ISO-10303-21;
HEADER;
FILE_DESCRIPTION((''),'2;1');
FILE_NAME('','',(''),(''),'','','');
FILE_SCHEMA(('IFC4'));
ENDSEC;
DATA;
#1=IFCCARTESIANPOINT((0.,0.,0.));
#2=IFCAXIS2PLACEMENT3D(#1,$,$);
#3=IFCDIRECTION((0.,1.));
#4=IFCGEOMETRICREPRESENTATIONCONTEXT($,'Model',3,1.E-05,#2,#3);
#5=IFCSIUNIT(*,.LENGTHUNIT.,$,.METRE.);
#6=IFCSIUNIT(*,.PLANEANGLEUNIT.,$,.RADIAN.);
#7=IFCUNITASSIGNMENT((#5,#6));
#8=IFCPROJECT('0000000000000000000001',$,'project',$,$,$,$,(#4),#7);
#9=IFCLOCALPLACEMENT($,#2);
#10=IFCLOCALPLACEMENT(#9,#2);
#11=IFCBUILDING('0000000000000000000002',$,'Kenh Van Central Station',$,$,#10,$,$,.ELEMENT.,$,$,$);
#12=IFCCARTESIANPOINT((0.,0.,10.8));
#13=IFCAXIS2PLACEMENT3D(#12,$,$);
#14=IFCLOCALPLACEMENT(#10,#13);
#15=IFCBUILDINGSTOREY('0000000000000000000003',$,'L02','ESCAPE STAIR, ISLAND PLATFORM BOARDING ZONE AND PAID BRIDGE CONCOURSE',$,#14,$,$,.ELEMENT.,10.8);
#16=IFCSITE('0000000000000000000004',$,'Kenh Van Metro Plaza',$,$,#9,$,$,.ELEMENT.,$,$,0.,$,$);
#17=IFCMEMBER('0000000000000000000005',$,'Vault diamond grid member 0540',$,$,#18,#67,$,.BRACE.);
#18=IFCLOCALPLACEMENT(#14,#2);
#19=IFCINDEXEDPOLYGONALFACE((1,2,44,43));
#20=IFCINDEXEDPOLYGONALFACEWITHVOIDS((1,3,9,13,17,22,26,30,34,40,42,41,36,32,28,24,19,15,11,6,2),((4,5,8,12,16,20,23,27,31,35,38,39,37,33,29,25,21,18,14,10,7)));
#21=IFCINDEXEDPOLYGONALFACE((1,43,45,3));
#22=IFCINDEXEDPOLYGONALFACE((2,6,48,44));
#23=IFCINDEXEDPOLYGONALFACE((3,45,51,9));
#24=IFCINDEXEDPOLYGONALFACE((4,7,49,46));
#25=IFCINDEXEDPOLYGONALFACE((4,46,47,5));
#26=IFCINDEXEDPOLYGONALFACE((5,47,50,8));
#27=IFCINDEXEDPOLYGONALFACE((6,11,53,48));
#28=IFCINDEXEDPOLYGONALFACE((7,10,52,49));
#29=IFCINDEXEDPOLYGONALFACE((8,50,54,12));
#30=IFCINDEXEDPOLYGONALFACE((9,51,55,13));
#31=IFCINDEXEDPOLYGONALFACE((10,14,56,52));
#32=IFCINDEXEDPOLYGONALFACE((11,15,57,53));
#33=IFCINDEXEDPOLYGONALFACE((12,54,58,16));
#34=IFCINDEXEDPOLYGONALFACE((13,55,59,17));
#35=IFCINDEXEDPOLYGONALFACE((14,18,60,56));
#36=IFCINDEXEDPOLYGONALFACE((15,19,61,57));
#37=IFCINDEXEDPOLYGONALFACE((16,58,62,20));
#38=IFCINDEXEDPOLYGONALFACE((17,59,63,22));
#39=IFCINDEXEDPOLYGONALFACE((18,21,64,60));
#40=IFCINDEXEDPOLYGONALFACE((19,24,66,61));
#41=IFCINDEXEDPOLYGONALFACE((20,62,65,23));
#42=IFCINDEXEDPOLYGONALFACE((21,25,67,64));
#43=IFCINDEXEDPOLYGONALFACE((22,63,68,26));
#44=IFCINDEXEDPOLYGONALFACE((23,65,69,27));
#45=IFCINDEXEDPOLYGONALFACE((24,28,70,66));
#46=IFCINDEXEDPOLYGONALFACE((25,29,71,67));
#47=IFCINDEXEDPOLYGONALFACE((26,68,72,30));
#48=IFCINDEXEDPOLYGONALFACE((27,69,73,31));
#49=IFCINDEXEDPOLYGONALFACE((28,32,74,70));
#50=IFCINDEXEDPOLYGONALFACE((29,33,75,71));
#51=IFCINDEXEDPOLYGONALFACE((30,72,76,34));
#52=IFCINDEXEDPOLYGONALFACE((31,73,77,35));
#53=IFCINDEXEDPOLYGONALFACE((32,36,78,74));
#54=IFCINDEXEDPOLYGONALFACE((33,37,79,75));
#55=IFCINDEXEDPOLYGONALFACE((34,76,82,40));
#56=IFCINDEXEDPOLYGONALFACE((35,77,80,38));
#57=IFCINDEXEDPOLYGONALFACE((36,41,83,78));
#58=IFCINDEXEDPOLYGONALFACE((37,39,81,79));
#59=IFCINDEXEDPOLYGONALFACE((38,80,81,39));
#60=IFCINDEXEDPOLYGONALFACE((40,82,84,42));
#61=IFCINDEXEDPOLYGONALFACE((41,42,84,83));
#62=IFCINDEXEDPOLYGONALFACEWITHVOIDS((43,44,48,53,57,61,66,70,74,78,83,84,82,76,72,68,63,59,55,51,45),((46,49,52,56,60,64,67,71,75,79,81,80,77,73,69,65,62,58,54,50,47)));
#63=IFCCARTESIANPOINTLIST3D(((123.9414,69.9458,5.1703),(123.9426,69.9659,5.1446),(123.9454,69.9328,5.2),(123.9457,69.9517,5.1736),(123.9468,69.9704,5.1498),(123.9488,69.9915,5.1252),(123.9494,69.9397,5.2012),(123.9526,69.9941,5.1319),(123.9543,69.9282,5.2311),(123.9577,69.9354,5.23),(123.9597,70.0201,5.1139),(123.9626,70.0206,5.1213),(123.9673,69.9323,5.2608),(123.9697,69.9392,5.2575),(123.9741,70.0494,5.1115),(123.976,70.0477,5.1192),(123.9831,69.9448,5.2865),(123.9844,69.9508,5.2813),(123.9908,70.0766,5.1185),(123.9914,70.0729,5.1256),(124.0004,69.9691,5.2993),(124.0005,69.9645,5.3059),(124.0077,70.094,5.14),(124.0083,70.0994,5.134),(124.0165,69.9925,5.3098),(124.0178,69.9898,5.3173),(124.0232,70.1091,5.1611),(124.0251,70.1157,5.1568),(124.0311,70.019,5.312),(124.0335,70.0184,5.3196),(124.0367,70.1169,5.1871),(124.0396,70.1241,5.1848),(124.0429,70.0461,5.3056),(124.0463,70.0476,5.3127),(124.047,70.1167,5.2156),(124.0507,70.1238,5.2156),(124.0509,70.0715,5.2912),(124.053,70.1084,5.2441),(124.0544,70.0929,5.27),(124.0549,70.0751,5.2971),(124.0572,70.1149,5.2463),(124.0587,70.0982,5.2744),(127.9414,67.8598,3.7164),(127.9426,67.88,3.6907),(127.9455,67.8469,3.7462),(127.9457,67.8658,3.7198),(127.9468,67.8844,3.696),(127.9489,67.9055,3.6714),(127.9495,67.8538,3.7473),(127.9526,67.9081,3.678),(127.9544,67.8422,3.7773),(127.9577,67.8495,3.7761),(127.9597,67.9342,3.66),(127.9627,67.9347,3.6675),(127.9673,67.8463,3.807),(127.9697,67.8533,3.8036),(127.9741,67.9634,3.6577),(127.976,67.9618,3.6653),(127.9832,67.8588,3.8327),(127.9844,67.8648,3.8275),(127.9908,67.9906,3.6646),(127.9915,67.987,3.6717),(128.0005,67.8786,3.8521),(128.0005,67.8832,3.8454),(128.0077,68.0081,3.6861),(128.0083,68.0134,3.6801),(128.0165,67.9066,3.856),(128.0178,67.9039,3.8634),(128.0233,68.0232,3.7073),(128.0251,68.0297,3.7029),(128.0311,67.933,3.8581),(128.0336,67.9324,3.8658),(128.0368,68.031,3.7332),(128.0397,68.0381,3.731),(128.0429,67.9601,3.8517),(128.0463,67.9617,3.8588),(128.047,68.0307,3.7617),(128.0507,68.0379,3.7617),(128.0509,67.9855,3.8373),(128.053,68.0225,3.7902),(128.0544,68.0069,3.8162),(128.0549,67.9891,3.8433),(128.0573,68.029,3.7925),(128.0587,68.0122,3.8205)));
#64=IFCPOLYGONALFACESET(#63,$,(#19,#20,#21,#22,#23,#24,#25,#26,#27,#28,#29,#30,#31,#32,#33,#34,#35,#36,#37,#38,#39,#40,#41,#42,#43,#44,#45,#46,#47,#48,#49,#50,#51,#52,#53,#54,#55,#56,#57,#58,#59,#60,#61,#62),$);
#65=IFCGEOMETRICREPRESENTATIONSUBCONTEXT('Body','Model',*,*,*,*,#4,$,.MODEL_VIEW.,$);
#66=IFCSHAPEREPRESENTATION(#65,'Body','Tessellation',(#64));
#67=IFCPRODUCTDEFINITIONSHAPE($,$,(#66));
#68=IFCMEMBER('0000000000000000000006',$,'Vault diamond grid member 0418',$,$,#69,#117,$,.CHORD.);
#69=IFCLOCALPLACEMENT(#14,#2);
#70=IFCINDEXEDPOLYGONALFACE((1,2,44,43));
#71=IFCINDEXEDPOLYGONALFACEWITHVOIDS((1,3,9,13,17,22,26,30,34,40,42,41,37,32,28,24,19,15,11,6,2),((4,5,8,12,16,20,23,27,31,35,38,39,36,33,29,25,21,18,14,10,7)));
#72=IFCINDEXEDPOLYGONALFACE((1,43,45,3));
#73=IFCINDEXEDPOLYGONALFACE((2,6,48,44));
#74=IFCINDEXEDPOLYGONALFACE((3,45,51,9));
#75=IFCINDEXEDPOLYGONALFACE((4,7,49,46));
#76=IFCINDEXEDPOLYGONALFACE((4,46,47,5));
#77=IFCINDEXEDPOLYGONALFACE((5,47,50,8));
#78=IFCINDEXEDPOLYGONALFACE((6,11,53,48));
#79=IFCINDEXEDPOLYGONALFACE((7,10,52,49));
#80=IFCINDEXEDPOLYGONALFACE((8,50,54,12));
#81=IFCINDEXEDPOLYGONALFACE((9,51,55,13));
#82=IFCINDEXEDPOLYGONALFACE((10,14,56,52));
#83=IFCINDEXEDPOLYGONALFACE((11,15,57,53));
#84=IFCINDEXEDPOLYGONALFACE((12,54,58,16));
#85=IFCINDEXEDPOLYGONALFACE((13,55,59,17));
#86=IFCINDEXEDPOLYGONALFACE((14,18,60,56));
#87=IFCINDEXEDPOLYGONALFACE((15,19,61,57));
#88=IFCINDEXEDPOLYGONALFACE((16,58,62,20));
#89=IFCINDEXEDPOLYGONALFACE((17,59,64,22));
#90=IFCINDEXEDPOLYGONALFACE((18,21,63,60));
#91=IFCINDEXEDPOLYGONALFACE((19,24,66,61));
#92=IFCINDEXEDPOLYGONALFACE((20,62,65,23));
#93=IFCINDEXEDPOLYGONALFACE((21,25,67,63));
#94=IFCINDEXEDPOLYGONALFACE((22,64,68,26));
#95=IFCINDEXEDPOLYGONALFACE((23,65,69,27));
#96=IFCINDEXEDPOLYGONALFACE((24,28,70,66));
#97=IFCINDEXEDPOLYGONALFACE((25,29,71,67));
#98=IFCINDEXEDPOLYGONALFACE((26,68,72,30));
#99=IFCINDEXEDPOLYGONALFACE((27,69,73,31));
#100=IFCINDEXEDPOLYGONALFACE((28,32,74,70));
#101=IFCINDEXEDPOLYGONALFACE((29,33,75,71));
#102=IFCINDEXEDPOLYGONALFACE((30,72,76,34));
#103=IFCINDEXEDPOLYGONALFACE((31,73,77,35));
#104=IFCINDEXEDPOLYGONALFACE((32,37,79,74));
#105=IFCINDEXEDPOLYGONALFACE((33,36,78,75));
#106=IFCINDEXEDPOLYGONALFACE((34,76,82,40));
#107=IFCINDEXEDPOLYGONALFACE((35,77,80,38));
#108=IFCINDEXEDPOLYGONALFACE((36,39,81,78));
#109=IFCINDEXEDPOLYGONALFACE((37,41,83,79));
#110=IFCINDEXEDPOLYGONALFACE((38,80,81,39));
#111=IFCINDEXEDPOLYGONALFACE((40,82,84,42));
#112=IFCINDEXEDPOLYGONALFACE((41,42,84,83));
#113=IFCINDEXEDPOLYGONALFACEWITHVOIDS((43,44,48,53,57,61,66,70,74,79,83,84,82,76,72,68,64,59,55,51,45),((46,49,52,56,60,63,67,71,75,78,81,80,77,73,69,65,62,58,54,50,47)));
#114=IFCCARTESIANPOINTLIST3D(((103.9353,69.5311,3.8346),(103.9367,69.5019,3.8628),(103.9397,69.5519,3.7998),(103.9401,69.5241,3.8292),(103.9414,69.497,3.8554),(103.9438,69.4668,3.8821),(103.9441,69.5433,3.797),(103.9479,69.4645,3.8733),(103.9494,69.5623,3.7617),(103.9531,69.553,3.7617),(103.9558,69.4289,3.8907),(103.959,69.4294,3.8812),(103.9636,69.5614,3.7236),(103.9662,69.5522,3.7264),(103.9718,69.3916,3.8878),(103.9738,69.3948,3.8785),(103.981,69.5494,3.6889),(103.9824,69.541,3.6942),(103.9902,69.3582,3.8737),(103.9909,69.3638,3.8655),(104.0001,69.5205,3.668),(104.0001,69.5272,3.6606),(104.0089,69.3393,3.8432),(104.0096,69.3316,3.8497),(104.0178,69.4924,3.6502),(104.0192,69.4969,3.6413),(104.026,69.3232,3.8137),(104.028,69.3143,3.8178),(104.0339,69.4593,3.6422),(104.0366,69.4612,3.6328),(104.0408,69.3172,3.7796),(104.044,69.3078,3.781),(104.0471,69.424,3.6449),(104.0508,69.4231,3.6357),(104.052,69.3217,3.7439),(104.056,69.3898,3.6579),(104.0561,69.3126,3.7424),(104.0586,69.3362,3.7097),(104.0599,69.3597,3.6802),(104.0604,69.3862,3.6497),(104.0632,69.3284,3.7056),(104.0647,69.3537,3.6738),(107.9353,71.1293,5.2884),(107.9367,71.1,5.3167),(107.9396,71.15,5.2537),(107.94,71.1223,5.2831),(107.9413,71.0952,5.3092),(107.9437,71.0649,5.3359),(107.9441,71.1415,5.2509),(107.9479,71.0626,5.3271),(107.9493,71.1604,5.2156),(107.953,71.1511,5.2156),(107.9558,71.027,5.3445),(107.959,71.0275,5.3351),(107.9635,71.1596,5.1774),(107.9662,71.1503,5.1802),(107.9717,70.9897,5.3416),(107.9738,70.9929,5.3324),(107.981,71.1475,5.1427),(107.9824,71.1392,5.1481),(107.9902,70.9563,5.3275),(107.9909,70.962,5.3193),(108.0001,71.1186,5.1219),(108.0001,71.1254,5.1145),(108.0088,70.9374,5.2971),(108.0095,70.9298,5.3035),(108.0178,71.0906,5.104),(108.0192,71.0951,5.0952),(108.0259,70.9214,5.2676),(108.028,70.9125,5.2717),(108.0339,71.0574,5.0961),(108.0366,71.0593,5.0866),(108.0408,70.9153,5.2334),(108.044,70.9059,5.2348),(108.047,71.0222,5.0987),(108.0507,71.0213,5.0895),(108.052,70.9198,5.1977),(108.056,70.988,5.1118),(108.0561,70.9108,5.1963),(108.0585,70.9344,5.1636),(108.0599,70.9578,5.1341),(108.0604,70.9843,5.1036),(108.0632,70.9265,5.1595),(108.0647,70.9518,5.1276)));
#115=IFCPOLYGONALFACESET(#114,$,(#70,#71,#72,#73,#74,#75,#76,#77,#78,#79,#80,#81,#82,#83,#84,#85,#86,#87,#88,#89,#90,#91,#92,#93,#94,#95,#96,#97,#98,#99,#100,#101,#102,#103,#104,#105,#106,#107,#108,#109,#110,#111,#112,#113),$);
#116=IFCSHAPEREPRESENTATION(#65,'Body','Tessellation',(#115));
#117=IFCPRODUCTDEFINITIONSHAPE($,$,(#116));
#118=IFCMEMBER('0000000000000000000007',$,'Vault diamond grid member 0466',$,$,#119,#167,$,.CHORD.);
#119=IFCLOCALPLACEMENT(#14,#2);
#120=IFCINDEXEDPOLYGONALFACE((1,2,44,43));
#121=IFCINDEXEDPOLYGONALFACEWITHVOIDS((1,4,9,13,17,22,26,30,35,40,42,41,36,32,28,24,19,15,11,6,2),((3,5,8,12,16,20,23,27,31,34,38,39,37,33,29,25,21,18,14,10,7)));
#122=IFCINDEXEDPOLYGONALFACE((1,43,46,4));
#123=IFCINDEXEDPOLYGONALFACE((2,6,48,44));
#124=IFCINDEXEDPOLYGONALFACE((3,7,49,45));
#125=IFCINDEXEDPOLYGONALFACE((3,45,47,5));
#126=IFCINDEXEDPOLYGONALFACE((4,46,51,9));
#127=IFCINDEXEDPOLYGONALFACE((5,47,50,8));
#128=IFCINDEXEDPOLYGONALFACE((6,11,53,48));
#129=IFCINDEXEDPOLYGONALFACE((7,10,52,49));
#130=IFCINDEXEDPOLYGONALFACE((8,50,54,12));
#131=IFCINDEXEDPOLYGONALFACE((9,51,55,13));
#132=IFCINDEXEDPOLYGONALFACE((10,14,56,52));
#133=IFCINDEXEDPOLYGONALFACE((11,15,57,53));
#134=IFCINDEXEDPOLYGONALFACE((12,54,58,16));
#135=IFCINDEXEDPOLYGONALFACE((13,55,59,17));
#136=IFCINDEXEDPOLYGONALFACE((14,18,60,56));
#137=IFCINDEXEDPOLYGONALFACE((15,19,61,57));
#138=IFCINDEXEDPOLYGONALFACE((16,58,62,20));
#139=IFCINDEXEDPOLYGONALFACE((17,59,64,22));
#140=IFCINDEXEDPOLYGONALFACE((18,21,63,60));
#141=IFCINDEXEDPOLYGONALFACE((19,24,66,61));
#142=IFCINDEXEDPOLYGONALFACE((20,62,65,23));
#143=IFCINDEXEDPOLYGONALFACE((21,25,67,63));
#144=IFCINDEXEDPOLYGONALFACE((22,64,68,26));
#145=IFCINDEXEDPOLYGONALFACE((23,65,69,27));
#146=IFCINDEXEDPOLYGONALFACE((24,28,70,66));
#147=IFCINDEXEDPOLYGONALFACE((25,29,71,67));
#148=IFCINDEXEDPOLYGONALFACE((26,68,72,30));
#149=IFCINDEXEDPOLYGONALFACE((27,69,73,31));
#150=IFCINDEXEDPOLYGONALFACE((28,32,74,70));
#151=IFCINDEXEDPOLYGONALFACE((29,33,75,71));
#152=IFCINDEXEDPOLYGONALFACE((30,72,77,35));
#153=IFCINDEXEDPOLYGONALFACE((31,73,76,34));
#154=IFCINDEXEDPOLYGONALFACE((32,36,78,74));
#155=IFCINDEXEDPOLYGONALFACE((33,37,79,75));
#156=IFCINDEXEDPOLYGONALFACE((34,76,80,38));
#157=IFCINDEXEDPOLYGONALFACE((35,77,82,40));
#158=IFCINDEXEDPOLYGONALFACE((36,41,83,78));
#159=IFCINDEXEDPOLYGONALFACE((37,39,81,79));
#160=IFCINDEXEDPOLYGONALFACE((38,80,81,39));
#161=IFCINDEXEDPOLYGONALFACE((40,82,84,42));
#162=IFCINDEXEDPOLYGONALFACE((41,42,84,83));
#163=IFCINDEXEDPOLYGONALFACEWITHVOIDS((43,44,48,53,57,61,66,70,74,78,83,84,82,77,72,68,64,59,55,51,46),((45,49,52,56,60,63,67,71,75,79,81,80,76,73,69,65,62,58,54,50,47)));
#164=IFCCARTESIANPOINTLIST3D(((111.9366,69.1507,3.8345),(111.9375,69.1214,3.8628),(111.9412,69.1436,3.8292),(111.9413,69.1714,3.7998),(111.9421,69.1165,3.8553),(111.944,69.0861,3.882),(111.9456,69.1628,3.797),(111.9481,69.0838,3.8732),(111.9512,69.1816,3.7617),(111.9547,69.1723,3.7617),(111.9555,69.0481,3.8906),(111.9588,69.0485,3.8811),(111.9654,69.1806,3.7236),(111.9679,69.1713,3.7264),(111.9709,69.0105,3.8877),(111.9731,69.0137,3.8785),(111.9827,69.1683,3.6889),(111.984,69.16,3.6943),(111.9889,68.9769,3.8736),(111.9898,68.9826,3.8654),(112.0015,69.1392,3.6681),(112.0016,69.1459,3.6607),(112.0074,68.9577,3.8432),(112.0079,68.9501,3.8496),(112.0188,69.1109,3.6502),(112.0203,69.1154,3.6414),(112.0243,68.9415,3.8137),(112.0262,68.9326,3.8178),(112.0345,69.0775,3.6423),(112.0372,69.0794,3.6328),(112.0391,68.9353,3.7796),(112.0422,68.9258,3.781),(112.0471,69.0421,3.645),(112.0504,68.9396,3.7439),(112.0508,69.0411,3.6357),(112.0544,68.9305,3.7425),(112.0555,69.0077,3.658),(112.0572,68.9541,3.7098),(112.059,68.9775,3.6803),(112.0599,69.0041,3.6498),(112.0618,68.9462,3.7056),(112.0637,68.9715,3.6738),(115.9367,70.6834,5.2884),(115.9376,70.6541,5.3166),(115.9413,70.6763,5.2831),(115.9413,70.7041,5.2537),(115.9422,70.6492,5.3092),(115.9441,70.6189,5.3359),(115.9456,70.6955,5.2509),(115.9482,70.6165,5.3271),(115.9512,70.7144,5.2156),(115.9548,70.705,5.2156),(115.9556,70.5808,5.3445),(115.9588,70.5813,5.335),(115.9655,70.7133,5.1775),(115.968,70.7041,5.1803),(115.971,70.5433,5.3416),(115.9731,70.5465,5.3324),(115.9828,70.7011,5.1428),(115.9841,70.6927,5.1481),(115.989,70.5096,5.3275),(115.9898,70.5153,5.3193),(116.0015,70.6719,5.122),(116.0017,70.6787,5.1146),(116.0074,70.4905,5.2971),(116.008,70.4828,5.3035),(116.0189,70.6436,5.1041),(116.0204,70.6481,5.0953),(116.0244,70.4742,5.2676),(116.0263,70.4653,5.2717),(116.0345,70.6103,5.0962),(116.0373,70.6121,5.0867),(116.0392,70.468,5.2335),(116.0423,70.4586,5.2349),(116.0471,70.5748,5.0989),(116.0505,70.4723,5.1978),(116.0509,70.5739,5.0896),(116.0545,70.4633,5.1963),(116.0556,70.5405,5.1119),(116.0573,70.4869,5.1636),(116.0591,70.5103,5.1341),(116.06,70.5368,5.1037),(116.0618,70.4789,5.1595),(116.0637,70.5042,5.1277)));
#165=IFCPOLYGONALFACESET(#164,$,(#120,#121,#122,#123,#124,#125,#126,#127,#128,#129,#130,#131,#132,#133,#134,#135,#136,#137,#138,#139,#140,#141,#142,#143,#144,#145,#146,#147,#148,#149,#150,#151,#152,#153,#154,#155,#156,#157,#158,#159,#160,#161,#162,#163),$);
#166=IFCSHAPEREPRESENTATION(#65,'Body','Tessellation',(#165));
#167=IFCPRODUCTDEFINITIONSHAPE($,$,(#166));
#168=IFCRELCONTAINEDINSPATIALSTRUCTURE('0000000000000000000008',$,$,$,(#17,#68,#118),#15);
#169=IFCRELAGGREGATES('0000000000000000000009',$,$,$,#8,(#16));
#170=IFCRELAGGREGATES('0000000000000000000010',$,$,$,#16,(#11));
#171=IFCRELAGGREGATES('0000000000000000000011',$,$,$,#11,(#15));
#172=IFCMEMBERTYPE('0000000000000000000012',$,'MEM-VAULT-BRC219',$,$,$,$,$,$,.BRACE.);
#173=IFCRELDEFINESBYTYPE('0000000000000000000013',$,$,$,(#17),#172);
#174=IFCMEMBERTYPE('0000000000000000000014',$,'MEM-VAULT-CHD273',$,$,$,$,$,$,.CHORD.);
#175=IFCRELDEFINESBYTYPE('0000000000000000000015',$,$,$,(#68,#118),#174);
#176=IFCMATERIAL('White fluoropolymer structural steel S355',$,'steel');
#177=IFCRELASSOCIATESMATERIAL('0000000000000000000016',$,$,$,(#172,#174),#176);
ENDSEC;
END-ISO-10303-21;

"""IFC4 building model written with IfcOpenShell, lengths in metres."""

from ifc_helpers import new_model, si_unit, direction, frame, origin, origin_2d, place, context, subcontext, project, spatial, hollow_circle, extrude, material, material_profile, profile_set, type_object, element, save


model = new_model("IFC4")

# Units and contexts
model_context = context("Model", 3, precision=1e-05, world=origin(), true_north=direction((0.0, 1.0)))
body_context = subcontext(model_context, "Body", "Model", "MODEL_VIEW")
ifc_project = project(units=[si_unit("LENGTHUNIT", "METRE"), si_unit("PLANEANGLEUNIT", "RADIAN")], contexts=[model_context])

# Site, building, storey
site_placement = place(None, origin())
site = spatial("IfcSite", under=ifc_project, at=site_placement, Name="Kenh Van Metro Plaza", CompositionType="ELEMENT", RefElevation=0.0)
building_placement = place(site_placement, origin())
building = spatial("IfcBuilding", under=site, at=building_placement, Name="Kenh Van Central Station", CompositionType="ELEMENT")
storey_placement = place(building_placement, frame((0.0, 0.0, 10.8)))
storey = spatial("IfcBuildingStorey", under=building, at=storey_placement, Name="L02", Description="ESCAPE STAIR, ISLAND PLATFORM BOARDING ZONE AND PAID BRIDGE CONCOURSE", CompositionType="ELEMENT", Elevation=10.8)

# Shared definitions
ifc_material_1 = material(Name="White fluoropolymer structural steel S355", Category="steel")

# Members
ifc_material_profile_1 = material_profile(ifc_material_1, hollow_circle(Radius=0.1096, WallThickness=0.0081, at=origin_2d()), Name="CHS 219.1x8")
ifc_profile_set_1 = profile_set([ifc_material_profile_1], Name="White fluoropolymer structural steel S355")
member_type_1 = type_object("IfcMemberType", Name="MEM-VAULT-BRC219", PredefinedType="BRACE", material=ifc_profile_set_1)
member_1_placement = place(storey_placement, frame((124.0, 70.0266, 5.2156), z_axis=(0.843934, -0.440098, -0.30674), x_axis=(0.462388, 0.886677, 0.0)))
element("IfcMember", 1, at=member_1_placement, inside=storey, type_object=member_type_1, Name="Vault diamond grid member 0540", PredefinedType="BRACE", context=body_context, shape_type="SweptSolid", body=[
    extrude(hollow_circle(Radius=0.1096, WallThickness=0.0081, at=origin_2d()), origin(), (0.0, 0.0, 1.0), 4.7397),
])
ifc_material_profile_2 = material_profile(ifc_material_1, hollow_circle(Radius=0.1365, WallThickness=0.01, at=origin_2d()), Name="CHS 273x10")
ifc_profile_set_2 = profile_set([ifc_material_profile_2], Name="White fluoropolymer structural steel S355")
member_type_2 = type_object("IfcMemberType", Name="MEM-VAULT-CHD273", PredefinedType="CHORD", material=ifc_profile_set_2)
member_2_placement = place(storey_placement, frame((104.0, 69.4355, 3.7617), z_axis=(0.879859, 0.351536, 0.319797), x_axis=(-0.371019, 0.928625, 0.0)))
element("IfcMember", 2, at=member_2_placement, inside=storey, type_object=member_type_2, Name="Vault diamond grid member 0418", PredefinedType="CHORD", context=body_context, shape_type="SweptSolid", body=[
    extrude(hollow_circle(Radius=0.1365, WallThickness=0.01, at=origin_2d()), origin(), (0.0, 0.0, 1.0), 4.5461),
])
member_3_placement = place(storey_placement, frame((112.0, 69.0542, 3.7617), z_axis=(0.884252, 0.338827, 0.321394), x_axis=(-0.35781, 0.933794, 0.0)))
element("IfcMember", 3, at=member_3_placement, inside=storey, type_object=member_type_2, Name="Vault diamond grid member 0466", PredefinedType="CHORD", context=body_context, shape_type="SweptSolid", body=[
    extrude(hollow_circle(Radius=0.1365, WallThickness=0.01, at=origin_2d()), origin(), (0.0, 0.0, 1.0), 4.5237),
])

save(model, "model.ifc")
